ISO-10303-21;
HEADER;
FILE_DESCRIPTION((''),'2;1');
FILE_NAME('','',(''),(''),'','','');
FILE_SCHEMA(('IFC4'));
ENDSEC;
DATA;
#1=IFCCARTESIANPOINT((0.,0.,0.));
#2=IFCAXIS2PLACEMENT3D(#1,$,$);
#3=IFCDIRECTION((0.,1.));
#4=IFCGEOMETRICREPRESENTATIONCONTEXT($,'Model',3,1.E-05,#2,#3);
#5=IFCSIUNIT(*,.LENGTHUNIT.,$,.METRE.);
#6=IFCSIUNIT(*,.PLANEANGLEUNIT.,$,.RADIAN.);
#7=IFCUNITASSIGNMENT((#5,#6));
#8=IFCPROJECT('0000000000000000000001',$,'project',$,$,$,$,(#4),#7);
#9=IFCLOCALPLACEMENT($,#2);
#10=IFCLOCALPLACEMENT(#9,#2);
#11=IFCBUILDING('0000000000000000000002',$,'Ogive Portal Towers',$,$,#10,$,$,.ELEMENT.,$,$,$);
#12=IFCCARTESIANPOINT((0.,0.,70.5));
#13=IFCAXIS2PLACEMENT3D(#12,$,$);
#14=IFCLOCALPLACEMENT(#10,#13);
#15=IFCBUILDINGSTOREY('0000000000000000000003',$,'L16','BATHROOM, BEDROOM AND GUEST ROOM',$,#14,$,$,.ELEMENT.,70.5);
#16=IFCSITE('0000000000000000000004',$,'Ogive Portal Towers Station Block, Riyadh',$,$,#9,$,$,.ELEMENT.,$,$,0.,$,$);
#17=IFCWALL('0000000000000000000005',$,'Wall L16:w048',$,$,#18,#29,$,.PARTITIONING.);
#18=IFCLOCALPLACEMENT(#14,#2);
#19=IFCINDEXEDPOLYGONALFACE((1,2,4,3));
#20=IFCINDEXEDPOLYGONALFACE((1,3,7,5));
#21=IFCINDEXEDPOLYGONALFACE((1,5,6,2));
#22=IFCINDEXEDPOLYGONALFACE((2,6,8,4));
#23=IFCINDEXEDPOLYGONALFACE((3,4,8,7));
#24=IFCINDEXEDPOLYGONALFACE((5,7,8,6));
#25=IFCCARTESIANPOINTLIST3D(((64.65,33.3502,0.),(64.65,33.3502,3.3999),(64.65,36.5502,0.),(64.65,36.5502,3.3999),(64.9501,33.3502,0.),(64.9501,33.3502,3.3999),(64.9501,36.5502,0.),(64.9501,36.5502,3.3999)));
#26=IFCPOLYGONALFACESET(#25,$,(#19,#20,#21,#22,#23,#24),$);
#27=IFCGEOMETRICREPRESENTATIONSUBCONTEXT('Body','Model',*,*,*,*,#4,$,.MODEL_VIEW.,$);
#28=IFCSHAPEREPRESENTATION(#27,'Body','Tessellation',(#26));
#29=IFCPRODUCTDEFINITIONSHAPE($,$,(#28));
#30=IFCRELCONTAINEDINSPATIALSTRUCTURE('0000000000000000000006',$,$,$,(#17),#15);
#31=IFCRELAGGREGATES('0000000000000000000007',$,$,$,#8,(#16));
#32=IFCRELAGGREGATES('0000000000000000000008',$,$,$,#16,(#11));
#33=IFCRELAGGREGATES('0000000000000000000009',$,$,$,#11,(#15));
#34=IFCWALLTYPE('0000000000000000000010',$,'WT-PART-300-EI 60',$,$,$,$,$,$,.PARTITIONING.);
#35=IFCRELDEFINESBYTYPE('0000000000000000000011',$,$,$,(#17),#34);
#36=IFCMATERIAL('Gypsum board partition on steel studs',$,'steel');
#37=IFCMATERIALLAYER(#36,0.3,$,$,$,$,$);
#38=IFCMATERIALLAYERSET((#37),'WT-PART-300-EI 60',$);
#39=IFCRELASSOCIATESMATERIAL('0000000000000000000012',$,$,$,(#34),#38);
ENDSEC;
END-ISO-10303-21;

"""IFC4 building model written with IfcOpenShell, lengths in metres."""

from ifc_helpers import new_model, si_unit, direction, frame, frame_2d, origin, place, context, subcontext, project, spatial, rectangle, extrude, material, layer, layer_set, type_object, element, save


model = new_model("IFC4")

# Units and contexts
model_context = context("Model", 3, precision=1e-05, world=origin(), true_north=direction((0.0, 1.0)))
body_context = subcontext(model_context, "Body", "Model", "MODEL_VIEW")
ifc_project = project(units=[si_unit("LENGTHUNIT", "METRE"), si_unit("PLANEANGLEUNIT", "RADIAN")], contexts=[model_context])

# Site, building, storey
site_placement = place(None, origin())
site = spatial("IfcSite", under=ifc_project, at=site_placement, Name="Ogive Portal Towers Station Block, Riyadh", CompositionType="ELEMENT", RefElevation=0.0)
building_placement = place(site_placement, origin())
building = spatial("IfcBuilding", under=site, at=building_placement, Name="Ogive Portal Towers", CompositionType="ELEMENT")
storey_placement = place(building_placement, frame((0.0, 0.0, 70.5)))
storey = spatial("IfcBuildingStorey", under=building, at=storey_placement, Name="L16", Description="BATHROOM, BEDROOM AND GUEST ROOM", CompositionType="ELEMENT", Elevation=70.5)

# Shared definitions
ifc_material_1 = material(Name="Gypsum board partition on steel studs", Category="steel")

# Shared definitions
ifc_layer_1 = layer(ifc_material_1, 0.3)
ifc_layer_set_1 = layer_set([ifc_layer_1], Name="WT-PART-300-EI 60")
wall_type_1 = type_object("IfcWallType", Name="WT-PART-300-EI 60", PredefinedType="PARTITIONING", material=ifc_layer_set_1)

# Wall
for number, where, z_axis, x_axis, name in (
    (1, (64.8, 33.3501, 0.0), (0.0, 0.0, 1.0), (0.0, 1.0, 0.0), "Wall L16:w048"),
):
    element("IfcWall", number, at=place(storey_placement, frame(where, z_axis=z_axis, x_axis=x_axis)), inside=storey, type_object=wall_type_1, Name=name, PredefinedType="PARTITIONING", context=body_context, shape_type="SweptSolid", body=[
        extrude(rectangle(XDim=3.2, YDim=0.3, at=frame_2d((1.6001, 0.0))), origin(), (0.0, 0.0, 1.0), 3.3999),
    ])

save(model, "model.ifc")
